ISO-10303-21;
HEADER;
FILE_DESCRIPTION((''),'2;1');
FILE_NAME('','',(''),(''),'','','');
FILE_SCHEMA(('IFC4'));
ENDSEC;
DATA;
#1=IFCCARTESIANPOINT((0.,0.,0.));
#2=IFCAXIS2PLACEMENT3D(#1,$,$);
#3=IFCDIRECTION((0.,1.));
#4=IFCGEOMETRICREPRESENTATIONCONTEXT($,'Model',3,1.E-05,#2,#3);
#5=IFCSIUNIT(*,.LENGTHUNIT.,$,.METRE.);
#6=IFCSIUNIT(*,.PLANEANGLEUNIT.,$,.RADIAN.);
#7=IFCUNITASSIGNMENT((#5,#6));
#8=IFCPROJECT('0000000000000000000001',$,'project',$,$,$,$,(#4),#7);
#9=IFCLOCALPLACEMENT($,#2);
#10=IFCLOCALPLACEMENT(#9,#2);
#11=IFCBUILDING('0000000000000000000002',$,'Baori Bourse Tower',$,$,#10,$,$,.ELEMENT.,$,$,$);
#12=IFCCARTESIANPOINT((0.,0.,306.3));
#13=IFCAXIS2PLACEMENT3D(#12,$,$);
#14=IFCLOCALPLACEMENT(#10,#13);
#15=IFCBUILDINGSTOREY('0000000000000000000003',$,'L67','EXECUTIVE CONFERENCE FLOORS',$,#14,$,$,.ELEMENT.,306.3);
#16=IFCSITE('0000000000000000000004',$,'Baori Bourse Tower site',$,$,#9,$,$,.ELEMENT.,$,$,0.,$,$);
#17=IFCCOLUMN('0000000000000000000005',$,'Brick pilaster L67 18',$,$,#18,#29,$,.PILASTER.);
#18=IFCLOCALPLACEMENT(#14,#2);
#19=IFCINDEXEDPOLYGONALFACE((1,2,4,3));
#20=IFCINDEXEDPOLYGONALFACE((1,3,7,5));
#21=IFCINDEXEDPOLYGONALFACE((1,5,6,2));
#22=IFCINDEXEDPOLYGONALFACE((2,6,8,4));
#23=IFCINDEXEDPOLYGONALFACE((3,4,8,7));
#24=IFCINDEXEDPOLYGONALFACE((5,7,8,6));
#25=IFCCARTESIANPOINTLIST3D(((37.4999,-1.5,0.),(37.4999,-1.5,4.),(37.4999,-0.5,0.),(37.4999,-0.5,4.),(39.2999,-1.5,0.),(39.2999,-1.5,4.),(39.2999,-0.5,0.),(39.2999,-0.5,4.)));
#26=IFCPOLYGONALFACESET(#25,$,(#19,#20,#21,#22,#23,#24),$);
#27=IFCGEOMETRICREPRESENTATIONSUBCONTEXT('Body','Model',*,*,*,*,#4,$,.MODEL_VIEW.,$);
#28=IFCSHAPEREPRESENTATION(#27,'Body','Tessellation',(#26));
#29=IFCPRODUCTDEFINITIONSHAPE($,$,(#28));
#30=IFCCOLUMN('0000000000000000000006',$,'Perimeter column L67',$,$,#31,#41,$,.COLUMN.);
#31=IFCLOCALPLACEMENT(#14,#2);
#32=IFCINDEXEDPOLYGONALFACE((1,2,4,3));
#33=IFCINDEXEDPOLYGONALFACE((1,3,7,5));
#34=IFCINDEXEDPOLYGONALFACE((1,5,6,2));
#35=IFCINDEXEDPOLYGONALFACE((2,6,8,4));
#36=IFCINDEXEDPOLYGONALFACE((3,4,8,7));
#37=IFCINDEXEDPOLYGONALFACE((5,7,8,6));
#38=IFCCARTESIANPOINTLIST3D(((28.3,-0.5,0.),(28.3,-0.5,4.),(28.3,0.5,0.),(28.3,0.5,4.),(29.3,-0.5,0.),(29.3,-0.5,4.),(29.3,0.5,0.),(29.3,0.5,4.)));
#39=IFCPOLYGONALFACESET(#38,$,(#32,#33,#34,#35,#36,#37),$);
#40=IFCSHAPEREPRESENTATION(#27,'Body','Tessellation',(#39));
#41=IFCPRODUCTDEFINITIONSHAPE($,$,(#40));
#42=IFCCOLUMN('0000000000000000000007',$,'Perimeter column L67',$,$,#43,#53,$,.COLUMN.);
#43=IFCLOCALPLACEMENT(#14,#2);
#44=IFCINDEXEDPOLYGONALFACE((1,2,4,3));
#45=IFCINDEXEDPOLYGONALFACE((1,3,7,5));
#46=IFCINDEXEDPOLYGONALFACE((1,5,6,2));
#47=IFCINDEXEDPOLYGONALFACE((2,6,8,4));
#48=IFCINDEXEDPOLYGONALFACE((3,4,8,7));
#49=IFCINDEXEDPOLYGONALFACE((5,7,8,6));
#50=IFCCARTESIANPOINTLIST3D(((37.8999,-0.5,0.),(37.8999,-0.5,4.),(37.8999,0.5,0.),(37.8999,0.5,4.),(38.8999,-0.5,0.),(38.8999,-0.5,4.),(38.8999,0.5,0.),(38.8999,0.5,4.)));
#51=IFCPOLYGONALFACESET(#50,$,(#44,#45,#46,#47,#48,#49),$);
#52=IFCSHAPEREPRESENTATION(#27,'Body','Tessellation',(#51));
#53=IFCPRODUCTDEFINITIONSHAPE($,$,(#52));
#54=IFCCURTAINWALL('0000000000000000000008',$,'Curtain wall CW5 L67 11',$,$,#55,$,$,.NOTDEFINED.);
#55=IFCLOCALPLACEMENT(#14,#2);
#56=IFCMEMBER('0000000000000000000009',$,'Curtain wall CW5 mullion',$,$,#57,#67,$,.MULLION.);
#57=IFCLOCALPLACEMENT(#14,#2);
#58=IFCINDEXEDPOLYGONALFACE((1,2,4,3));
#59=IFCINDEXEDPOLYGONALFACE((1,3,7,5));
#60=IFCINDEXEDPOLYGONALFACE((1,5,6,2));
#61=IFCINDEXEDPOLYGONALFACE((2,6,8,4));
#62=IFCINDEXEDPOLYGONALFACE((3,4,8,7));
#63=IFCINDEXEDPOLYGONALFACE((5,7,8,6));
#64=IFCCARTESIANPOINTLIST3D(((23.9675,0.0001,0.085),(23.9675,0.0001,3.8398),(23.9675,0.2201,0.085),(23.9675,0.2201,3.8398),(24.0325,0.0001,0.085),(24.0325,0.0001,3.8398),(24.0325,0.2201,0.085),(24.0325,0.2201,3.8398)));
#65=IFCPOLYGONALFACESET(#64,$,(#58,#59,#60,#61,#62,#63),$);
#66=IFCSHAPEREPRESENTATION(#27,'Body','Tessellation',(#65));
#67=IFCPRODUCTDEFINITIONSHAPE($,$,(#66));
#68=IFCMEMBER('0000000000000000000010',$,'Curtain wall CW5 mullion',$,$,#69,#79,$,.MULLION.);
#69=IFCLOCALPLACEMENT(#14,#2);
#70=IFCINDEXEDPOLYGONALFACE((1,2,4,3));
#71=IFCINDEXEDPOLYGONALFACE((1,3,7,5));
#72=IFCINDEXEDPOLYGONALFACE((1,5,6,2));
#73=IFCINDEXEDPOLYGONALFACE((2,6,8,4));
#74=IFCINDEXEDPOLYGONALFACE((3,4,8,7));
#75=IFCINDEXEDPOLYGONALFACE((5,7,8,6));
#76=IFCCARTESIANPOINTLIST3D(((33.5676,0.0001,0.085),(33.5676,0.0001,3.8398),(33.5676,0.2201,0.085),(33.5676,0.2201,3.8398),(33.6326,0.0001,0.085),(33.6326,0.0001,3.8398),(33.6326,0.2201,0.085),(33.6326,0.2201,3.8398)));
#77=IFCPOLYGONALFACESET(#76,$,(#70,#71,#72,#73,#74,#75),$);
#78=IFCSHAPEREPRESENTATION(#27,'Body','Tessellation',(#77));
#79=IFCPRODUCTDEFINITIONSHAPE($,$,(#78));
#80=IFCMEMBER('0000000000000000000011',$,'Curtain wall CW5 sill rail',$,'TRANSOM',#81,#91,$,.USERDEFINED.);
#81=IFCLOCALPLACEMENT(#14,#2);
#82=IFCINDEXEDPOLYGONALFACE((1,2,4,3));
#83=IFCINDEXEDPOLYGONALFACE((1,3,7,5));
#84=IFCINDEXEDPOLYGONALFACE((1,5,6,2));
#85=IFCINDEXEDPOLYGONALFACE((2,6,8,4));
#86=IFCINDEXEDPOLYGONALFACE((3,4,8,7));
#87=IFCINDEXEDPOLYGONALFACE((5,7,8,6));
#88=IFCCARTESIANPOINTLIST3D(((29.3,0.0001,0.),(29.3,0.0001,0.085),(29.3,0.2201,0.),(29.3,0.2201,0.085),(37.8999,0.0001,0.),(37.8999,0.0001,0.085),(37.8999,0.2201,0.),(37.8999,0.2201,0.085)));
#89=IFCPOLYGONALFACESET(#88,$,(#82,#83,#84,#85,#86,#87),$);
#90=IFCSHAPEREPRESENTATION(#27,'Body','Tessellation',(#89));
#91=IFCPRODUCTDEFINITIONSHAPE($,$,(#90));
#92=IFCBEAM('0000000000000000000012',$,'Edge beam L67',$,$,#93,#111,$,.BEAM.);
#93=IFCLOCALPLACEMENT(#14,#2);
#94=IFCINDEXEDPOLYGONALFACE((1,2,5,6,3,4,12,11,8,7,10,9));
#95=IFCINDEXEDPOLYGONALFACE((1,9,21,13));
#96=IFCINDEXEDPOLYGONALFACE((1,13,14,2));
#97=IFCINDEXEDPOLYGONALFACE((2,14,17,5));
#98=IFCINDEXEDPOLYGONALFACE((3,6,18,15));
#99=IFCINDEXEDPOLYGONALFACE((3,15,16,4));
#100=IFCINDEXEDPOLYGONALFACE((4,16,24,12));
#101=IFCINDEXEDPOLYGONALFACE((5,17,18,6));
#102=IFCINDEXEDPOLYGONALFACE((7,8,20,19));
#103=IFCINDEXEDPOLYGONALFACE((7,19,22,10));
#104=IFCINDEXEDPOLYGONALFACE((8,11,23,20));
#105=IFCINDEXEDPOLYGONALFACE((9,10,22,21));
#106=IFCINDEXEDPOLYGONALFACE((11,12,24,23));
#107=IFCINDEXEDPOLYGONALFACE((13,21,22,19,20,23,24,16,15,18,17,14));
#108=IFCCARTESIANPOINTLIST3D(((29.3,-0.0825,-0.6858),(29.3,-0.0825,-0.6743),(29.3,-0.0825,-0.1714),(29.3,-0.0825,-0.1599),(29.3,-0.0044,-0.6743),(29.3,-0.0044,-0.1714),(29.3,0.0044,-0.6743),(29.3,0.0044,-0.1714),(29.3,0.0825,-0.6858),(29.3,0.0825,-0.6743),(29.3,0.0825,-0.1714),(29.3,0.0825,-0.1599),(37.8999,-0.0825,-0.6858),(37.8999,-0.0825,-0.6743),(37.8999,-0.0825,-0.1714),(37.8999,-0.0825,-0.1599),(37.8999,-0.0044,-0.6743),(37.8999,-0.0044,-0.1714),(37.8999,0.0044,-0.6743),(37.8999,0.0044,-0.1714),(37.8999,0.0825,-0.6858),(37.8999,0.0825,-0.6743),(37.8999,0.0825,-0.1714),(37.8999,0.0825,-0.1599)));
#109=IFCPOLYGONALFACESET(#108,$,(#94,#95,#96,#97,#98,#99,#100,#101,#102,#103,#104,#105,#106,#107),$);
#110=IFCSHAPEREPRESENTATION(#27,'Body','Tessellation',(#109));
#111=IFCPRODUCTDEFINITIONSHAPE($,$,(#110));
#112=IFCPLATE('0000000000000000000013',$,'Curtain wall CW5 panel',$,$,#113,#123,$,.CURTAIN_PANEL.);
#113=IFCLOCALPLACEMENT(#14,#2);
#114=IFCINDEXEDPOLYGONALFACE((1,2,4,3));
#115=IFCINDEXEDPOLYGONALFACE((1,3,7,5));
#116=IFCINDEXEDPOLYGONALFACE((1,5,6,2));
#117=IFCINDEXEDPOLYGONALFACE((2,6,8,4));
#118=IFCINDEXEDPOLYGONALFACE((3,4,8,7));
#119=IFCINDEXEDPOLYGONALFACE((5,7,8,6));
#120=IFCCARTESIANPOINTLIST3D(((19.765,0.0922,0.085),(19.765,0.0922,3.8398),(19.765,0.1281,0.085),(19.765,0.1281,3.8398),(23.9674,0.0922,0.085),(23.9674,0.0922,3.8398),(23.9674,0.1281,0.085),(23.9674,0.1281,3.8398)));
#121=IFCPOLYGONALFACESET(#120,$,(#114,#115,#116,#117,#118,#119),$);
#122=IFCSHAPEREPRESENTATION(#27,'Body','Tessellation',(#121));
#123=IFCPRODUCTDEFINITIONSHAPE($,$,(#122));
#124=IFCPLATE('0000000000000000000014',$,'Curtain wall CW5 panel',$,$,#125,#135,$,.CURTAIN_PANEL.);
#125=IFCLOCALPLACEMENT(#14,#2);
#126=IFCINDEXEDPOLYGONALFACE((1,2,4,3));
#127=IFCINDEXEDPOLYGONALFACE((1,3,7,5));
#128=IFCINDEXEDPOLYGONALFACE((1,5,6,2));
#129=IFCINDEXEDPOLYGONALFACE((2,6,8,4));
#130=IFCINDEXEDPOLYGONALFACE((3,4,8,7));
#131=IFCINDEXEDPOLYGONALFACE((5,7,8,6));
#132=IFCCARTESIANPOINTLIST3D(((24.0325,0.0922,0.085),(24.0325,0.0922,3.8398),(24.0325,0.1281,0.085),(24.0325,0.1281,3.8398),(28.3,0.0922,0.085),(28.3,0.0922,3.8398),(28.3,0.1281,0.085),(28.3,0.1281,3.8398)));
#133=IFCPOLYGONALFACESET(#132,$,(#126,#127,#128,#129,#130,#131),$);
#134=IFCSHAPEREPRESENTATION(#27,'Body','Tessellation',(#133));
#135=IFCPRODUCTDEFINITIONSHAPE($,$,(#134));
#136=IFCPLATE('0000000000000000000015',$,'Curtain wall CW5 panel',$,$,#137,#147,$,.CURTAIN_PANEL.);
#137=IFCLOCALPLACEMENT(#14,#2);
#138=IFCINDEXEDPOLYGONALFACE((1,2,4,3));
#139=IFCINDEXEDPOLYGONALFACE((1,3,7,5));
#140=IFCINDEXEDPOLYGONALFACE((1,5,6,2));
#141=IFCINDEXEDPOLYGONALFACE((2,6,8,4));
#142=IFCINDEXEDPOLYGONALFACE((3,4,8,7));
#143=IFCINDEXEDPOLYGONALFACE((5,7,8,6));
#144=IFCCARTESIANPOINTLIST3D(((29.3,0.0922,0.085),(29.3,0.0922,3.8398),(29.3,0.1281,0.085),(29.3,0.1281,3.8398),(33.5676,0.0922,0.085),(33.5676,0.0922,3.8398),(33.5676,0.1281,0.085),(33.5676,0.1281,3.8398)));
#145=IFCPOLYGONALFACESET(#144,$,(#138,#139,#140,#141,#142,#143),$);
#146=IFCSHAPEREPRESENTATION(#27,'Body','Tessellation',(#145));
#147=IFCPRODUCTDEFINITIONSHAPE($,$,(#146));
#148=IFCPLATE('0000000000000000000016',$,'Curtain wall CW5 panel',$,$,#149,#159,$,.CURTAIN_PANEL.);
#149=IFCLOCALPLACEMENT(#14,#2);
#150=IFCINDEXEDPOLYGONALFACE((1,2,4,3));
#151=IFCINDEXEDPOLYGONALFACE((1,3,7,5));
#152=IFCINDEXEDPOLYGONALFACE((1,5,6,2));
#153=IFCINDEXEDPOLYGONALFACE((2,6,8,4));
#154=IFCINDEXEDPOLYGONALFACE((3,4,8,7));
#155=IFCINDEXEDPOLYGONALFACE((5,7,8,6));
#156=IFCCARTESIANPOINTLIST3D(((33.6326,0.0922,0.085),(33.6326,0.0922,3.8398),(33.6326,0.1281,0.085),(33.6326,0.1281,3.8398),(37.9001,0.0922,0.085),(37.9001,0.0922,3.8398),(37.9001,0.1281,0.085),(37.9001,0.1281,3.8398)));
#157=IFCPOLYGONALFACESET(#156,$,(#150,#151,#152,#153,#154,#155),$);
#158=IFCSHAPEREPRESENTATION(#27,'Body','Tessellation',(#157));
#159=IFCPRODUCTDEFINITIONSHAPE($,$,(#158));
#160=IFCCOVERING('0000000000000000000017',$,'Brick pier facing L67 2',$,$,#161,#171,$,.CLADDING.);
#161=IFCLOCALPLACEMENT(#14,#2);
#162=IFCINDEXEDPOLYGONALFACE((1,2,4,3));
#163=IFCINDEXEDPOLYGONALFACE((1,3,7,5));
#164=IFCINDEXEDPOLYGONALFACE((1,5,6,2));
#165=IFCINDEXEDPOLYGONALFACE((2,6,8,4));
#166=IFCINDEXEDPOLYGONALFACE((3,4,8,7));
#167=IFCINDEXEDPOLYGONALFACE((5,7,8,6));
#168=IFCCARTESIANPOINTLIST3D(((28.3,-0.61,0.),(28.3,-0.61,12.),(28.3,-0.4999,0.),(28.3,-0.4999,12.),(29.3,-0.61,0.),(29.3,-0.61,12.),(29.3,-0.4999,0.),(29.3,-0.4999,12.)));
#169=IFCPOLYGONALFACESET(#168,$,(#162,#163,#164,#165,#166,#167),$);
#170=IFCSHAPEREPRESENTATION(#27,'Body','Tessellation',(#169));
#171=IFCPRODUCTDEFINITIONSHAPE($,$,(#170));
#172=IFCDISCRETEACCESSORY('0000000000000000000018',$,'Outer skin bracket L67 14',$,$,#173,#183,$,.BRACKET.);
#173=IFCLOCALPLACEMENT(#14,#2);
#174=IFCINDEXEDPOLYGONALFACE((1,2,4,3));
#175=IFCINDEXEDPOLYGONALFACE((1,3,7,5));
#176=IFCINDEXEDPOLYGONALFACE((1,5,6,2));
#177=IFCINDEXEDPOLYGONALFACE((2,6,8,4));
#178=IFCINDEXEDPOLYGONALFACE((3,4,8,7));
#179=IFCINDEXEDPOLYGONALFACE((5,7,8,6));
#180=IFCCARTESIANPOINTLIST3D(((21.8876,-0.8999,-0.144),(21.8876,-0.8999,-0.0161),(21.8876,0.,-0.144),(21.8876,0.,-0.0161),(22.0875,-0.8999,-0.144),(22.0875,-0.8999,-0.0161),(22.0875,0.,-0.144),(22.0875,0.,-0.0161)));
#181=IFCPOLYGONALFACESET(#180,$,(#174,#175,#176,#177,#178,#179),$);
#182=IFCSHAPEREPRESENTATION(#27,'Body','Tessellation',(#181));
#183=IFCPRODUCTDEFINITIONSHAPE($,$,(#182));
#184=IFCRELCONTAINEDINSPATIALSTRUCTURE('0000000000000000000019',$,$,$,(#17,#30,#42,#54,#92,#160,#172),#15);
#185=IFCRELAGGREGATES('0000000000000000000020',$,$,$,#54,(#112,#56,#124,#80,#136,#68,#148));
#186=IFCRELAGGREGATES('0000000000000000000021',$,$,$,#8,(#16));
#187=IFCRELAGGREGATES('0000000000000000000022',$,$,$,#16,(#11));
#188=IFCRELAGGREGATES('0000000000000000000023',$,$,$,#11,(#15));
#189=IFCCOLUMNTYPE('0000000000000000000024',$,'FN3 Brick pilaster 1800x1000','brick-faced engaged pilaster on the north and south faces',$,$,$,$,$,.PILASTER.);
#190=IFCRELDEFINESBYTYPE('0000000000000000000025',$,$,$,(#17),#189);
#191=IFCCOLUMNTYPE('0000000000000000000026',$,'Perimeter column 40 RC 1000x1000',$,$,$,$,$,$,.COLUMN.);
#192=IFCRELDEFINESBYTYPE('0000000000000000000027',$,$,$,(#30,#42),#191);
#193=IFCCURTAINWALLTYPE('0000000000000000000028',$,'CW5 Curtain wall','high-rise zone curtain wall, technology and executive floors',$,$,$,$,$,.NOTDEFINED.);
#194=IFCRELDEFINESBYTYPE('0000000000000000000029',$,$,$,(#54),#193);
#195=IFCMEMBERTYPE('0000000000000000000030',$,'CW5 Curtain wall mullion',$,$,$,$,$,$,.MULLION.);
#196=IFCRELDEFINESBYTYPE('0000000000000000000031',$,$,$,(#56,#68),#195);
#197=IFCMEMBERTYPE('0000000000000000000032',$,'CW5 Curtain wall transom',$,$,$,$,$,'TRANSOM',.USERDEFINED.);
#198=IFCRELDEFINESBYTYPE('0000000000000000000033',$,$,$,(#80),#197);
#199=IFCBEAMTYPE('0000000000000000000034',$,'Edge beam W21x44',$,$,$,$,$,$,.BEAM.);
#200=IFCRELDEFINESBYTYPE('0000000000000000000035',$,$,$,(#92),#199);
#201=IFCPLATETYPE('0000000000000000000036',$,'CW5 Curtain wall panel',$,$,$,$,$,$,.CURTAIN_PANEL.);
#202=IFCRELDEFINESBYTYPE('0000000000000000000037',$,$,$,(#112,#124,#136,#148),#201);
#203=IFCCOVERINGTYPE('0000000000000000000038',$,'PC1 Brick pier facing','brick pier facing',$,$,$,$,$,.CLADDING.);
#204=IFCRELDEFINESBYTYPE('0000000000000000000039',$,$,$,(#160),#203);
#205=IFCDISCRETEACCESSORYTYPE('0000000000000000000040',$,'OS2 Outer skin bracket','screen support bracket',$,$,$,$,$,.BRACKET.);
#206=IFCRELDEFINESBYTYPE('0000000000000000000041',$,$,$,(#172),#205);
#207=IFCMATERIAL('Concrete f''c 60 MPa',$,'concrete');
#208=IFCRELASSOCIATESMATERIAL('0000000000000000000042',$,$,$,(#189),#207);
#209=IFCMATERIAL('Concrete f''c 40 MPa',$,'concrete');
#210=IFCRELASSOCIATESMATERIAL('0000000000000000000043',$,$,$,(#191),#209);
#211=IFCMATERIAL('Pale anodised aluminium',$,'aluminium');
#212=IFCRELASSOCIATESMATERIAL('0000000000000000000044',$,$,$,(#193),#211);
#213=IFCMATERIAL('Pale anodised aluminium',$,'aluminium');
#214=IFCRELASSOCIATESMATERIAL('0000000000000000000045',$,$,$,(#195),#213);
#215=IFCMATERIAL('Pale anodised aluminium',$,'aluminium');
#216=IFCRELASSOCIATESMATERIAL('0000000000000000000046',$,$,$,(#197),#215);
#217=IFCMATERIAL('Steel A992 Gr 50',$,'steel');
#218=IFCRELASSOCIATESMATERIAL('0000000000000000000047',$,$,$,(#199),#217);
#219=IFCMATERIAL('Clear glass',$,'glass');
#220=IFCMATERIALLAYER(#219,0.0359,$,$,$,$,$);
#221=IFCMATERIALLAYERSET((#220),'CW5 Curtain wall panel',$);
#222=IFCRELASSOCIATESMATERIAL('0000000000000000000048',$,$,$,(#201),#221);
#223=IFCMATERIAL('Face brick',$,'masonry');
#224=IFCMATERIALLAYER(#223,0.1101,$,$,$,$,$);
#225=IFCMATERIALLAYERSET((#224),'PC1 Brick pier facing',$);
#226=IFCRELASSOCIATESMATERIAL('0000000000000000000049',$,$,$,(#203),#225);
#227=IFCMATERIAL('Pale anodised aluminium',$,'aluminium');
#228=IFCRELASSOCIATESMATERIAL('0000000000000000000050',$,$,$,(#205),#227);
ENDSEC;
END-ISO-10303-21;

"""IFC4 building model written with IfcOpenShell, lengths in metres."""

from ifc_helpers import new_model, si_unit, direction, frame, origin, origin_2d, place, context, subcontext, project, spatial, rectangle, i_section, extrude, material, layer, layer_set, material_profile, profile_set, type_object, element, aggregate, save


model = new_model("IFC4")

# Units and contexts
model_context = context("Model", 3, precision=1e-05, world=origin(), true_north=direction((0.0, 1.0)))
body_context = subcontext(model_context, "Body", "Model", "MODEL_VIEW")
ifc_project = project(units=[si_unit("LENGTHUNIT", "METRE"), si_unit("PLANEANGLEUNIT", "RADIAN")], contexts=[model_context])

# Site, building, storey
site_placement = place(None, origin())
site = spatial("IfcSite", under=ifc_project, at=site_placement, Name="Baori Bourse Tower site", CompositionType="ELEMENT", RefElevation=0.0)
building_placement = place(site_placement, origin())
building = spatial("IfcBuilding", under=site, at=building_placement, Name="Baori Bourse Tower", CompositionType="ELEMENT")
storey_placement = place(building_placement, frame((0.0, 0.0, 306.3)))
storey = spatial("IfcBuildingStorey", under=building, at=storey_placement, Name="L67", Description="EXECUTIVE CONFERENCE FLOORS", CompositionType="ELEMENT", Elevation=306.3)

# Columns
ifc_material_1 = material(Name="Concrete f'c 60 MPa", Category="concrete")
ifc_material_profile_1 = material_profile(ifc_material_1, rectangle(XDim=1.8, YDim=1.0, at=origin_2d()), Name="RC 1800x1000")
ifc_profile_set_1 = profile_set([ifc_material_profile_1], Name="Concrete f'c 60 MPa")
column_type_1 = type_object("IfcColumnType", Name="FN3 Brick pilaster 1800x1000", Description="brick-faced engaged pilaster on the north and south faces", PredefinedType="PILASTER", material=ifc_profile_set_1)
column_placement = place(storey_placement, frame((38.3999, -1.0, 0.0), z_axis=(0.0, 0.0, 1.0), x_axis=(1.0, 0.0, 0.0)))
element("IfcColumn", 1, at=column_placement, inside=storey, type_object=column_type_1, Name="Brick pilaster L67 18", PredefinedType="PILASTER", context=body_context, shape_type="SweptSolid", body=[
    extrude(rectangle(XDim=1.8, YDim=1.0, at=origin_2d()), origin(), (0.0, 0.0, 1.0), 4.0),
])
ifc_material_2 = material(Name="Concrete f'c 40 MPa", Category="concrete")
ifc_material_profile_2 = material_profile(ifc_material_2, rectangle(XDim=1.0, YDim=1.0, at=origin_2d()), Name="RC 1000x1000")
ifc_profile_set_2 = profile_set([ifc_material_profile_2], Name="Concrete f'c 40 MPa")
column_type_2 = type_object("IfcColumnType", Name="Perimeter column 40 RC 1000x1000", PredefinedType="COLUMN", material=ifc_profile_set_2)
for number, where, z_axis, x_axis, name in (
    (2, (28.8, 0.0, 0.0), (0.0, 0.0, 1.0), (1.0, 0.0, 0.0), "Perimeter column L67"),
    (3, (38.3999, 0.0, 0.0), (0.0, 0.0, 1.0), (1.0, 0.0, 0.0), "Perimeter column L67"),
):
    element("IfcColumn", number, at=place(storey_placement, frame(where, z_axis=z_axis, x_axis=x_axis)), inside=storey, type_object=column_type_2, Name=name, PredefinedType="COLUMN", context=body_context, shape_type="SweptSolid", body=[
        extrude(rectangle(XDim=1.0, YDim=1.0, at=origin_2d()), origin(), (0.0, 0.0, 1.0), 4.0),
    ])

# Curtain wall, members
ifc_material_3 = material(Name="Pale anodised aluminium", Category="aluminium")
curtain_wall_type = type_object("IfcCurtainWallType", Name="CW5 Curtain wall", Description="high-rise zone curtain wall, technology and executive floors", PredefinedType="NOTDEFINED", material=ifc_material_3)
curtain_wall_placement = place(storey_placement, origin())
curtain_wall = element("IfcCurtainWall", 4, at=curtain_wall_placement, inside=storey, type_object=curtain_wall_type, Name="Curtain wall CW5 L67 11", PredefinedType="NOTDEFINED")
ifc_material_4 = material(Name="Pale anodised aluminium", Category="aluminium")
ifc_material_profile_3 = material_profile(ifc_material_4, rectangle(XDim=0.22, YDim=0.0649, at=origin_2d()), Name="Mullion 65x220")
ifc_profile_set_3 = profile_set([ifc_material_profile_3], Name="Pale anodised aluminium")
member_type_1 = type_object("IfcMemberType", Name="CW5 Curtain wall mullion", PredefinedType="MULLION", material=ifc_profile_set_3)
member_1_placement = place(storey_placement, frame((24.0, 0.1101, 0.085), z_axis=(0.0, 0.0, 1.0), x_axis=(0.0, 1.0, 0.0)))
member_1 = element("IfcMember", 5, at=member_1_placement, type_object=member_type_1, Name="Curtain wall CW5 mullion", PredefinedType="MULLION", context=body_context, shape_type="SweptSolid", body=[
    extrude(rectangle(XDim=0.22, YDim=0.0649, at=origin_2d()), origin(), (0.0, 0.0, 1.0), 3.7549),
])
member_2_placement = place(storey_placement, frame((33.6001, 0.1101, 0.085), z_axis=(0.0, 0.0, 1.0), x_axis=(0.0, 1.0, 0.0)))
member_2 = element("IfcMember", 6, at=member_2_placement, type_object=member_type_1, Name="Curtain wall CW5 mullion", PredefinedType="MULLION", context=body_context, shape_type="SweptSolid", body=[
    extrude(rectangle(XDim=0.22, YDim=0.0649, at=origin_2d()), origin(), (0.0, 0.0, 1.0), 3.7549),
])
ifc_material_5 = material(Name="Pale anodised aluminium", Category="aluminium")
ifc_material_profile_4 = material_profile(ifc_material_5, rectangle(XDim=0.22, YDim=0.085, at=origin_2d()), Name="Transom 85x220")
ifc_profile_set_4 = profile_set([ifc_material_profile_4], Name="Pale anodised aluminium")
member_type_2 = type_object("IfcMemberType", Name="CW5 Curtain wall transom", ElementType="TRANSOM", PredefinedType="USERDEFINED", material=ifc_profile_set_4)
member_3_placement = place(storey_placement, frame((29.3, 0.1101, 0.0425), z_axis=(1.0, 0.0, 0.0), x_axis=(0.0, 1.0, 0.0)))
member_3 = element("IfcMember", 7, at=member_3_placement, type_object=member_type_2, Name="Curtain wall CW5 sill rail", ObjectType="TRANSOM", PredefinedType="USERDEFINED", context=body_context, shape_type="SweptSolid", body=[
    extrude(rectangle(XDim=0.22, YDim=0.085, at=origin_2d()), origin(), (0.0, 0.0, 1.0), 8.5999),
])

# Beam
ifc_material_6 = material(Name="Steel A992 Gr 50", Category="steel")
ifc_material_profile_5 = material_profile(ifc_material_6, i_section(OverallWidth=0.165, OverallDepth=0.5259, WebThickness=0.0088, FlangeThickness=0.0115, at=origin_2d()), Name="W21x44")
ifc_profile_set_5 = profile_set([ifc_material_profile_5], Name="Steel A992 Gr 50")
beam_type = type_object("IfcBeamType", Name="Edge beam W21x44", PredefinedType="BEAM", material=ifc_profile_set_5)
beam_placement = place(storey_placement, frame((29.3, 0.0, -0.4229), z_axis=(1.0, 0.0, 0.0), x_axis=(0.0, 1.0, 0.0)))
element("IfcBeam", 8, at=beam_placement, inside=storey, type_object=beam_type, Name="Edge beam L67", PredefinedType="BEAM", context=body_context, shape_type="SweptSolid", body=[
    extrude(i_section(OverallWidth=0.165, OverallDepth=0.5259, WebThickness=0.0088, FlangeThickness=0.0115, at=origin_2d()), origin(), (0.0, 0.0, 1.0), 8.5999),
])

# Plates
ifc_material_7 = material(Name="Clear glass", Category="glass")
ifc_layer_1 = layer(ifc_material_7, 0.0359)
ifc_layer_set_1 = layer_set([ifc_layer_1], Name="CW5 Curtain wall panel")
plate_type = type_object("IfcPlateType", Name="CW5 Curtain wall panel", PredefinedType="CURTAIN_PANEL", material=ifc_layer_set_1)
plate_1_placement = place(storey_placement, frame((21.8662, 0.1101, 0.085), z_axis=(0.0, 0.0, 1.0), x_axis=(1.0, 0.0, 0.0)))
plate_1 = element("IfcPlate", 9, at=plate_1_placement, type_object=plate_type, Name="Curtain wall CW5 panel", PredefinedType="CURTAIN_PANEL", context=body_context, shape_type="SweptSolid", body=[
    extrude(rectangle(XDim=4.2024, YDim=0.0359, at=origin_2d()), origin(), (0.0, 0.0, 1.0), 3.7549),
])
plate_2_placement = place(storey_placement, frame((26.1663, 0.1101, 0.085), z_axis=(0.0, 0.0, 1.0), x_axis=(1.0, 0.0, 0.0)))
plate_2 = element("IfcPlate", 10, at=plate_2_placement, type_object=plate_type, Name="Curtain wall CW5 panel", PredefinedType="CURTAIN_PANEL", context=body_context, shape_type="SweptSolid", body=[
    extrude(rectangle(XDim=4.2676, YDim=0.0359, at=origin_2d()), origin(), (0.0, 0.0, 1.0), 3.7549),
])
plate_3_placement = place(storey_placement, frame((31.4338, 0.1101, 0.085), z_axis=(0.0, 0.0, 1.0), x_axis=(1.0, 0.0, 0.0)))
plate_3 = element("IfcPlate", 11, at=plate_3_placement, type_object=plate_type, Name="Curtain wall CW5 panel", PredefinedType="CURTAIN_PANEL", context=body_context, shape_type="SweptSolid", body=[
    extrude(rectangle(XDim=4.2676, YDim=0.0359, at=origin_2d()), origin(), (0.0, 0.0, 1.0), 3.7549),
])
plate_4_placement = place(storey_placement, frame((35.7664, 0.1101, 0.085), z_axis=(0.0, 0.0, 1.0), x_axis=(1.0, 0.0, 0.0)))
plate_4 = element("IfcPlate", 12, at=plate_4_placement, type_object=plate_type, Name="Curtain wall CW5 panel", PredefinedType="CURTAIN_PANEL", context=body_context, shape_type="SweptSolid", body=[
    extrude(rectangle(XDim=4.2676, YDim=0.0359, at=origin_2d()), origin(), (0.0, 0.0, 1.0), 3.7549),
])
aggregate(curtain_wall, [plate_1, member_1, plate_2, member_3, plate_3, member_2, plate_4])

# Covering
ifc_material_8 = material(Name="Face brick", Category="masonry")
ifc_layer_2 = layer(ifc_material_8, 0.1101)
ifc_layer_set_2 = layer_set([ifc_layer_2], Name="PC1 Brick pier facing")
covering_type = type_object("IfcCoveringType", Name="PC1 Brick pier facing", Description="brick pier facing", PredefinedType="CLADDING", material=ifc_layer_set_2)
covering_placement = place(storey_placement, frame((28.8, -0.5549, 0.0), z_axis=(0.0, 0.0, 1.0), x_axis=(1.0, 0.0, 0.0)))
element("IfcCovering", 13, at=covering_placement, inside=storey, type_object=covering_type, Name="Brick pier facing L67 2", PredefinedType="CLADDING", context=body_context, shape_type="SweptSolid", body=[
    extrude(rectangle(XDim=1.0, YDim=0.1101, at=origin_2d()), origin(), (0.0, 0.0, 1.0), 12.0),
])

# Discrete accessory
ifc_material_9 = material(Name="Pale anodised aluminium", Category="aluminium")
discrete_accessory_type = type_object("IfcDiscreteAccessoryType", Name="OS2 Outer skin bracket", Description="screen support bracket", PredefinedType="BRACKET", material=ifc_material_9)
for number, where, z_axis, x_axis, name in (
    (14, (21.9875, -0.45, -0.144), (0.0, 0.0, 1.0), (1.0, 0.0, 0.0), "Outer skin bracket L67 14"),
):
    element("IfcDiscreteAccessory", number, at=place(storey_placement, frame(where, z_axis=z_axis, x_axis=x_axis)), inside=storey, type_object=discrete_accessory_type, Name=name, PredefinedType="BRACKET", context=body_context, shape_type="SweptSolid", body=[
        extrude(rectangle(XDim=0.2, YDim=0.8999, at=origin_2d()), origin(), (0.0, 0.0, 1.0), 0.1279),
    ])

save(model, "model.ifc")
